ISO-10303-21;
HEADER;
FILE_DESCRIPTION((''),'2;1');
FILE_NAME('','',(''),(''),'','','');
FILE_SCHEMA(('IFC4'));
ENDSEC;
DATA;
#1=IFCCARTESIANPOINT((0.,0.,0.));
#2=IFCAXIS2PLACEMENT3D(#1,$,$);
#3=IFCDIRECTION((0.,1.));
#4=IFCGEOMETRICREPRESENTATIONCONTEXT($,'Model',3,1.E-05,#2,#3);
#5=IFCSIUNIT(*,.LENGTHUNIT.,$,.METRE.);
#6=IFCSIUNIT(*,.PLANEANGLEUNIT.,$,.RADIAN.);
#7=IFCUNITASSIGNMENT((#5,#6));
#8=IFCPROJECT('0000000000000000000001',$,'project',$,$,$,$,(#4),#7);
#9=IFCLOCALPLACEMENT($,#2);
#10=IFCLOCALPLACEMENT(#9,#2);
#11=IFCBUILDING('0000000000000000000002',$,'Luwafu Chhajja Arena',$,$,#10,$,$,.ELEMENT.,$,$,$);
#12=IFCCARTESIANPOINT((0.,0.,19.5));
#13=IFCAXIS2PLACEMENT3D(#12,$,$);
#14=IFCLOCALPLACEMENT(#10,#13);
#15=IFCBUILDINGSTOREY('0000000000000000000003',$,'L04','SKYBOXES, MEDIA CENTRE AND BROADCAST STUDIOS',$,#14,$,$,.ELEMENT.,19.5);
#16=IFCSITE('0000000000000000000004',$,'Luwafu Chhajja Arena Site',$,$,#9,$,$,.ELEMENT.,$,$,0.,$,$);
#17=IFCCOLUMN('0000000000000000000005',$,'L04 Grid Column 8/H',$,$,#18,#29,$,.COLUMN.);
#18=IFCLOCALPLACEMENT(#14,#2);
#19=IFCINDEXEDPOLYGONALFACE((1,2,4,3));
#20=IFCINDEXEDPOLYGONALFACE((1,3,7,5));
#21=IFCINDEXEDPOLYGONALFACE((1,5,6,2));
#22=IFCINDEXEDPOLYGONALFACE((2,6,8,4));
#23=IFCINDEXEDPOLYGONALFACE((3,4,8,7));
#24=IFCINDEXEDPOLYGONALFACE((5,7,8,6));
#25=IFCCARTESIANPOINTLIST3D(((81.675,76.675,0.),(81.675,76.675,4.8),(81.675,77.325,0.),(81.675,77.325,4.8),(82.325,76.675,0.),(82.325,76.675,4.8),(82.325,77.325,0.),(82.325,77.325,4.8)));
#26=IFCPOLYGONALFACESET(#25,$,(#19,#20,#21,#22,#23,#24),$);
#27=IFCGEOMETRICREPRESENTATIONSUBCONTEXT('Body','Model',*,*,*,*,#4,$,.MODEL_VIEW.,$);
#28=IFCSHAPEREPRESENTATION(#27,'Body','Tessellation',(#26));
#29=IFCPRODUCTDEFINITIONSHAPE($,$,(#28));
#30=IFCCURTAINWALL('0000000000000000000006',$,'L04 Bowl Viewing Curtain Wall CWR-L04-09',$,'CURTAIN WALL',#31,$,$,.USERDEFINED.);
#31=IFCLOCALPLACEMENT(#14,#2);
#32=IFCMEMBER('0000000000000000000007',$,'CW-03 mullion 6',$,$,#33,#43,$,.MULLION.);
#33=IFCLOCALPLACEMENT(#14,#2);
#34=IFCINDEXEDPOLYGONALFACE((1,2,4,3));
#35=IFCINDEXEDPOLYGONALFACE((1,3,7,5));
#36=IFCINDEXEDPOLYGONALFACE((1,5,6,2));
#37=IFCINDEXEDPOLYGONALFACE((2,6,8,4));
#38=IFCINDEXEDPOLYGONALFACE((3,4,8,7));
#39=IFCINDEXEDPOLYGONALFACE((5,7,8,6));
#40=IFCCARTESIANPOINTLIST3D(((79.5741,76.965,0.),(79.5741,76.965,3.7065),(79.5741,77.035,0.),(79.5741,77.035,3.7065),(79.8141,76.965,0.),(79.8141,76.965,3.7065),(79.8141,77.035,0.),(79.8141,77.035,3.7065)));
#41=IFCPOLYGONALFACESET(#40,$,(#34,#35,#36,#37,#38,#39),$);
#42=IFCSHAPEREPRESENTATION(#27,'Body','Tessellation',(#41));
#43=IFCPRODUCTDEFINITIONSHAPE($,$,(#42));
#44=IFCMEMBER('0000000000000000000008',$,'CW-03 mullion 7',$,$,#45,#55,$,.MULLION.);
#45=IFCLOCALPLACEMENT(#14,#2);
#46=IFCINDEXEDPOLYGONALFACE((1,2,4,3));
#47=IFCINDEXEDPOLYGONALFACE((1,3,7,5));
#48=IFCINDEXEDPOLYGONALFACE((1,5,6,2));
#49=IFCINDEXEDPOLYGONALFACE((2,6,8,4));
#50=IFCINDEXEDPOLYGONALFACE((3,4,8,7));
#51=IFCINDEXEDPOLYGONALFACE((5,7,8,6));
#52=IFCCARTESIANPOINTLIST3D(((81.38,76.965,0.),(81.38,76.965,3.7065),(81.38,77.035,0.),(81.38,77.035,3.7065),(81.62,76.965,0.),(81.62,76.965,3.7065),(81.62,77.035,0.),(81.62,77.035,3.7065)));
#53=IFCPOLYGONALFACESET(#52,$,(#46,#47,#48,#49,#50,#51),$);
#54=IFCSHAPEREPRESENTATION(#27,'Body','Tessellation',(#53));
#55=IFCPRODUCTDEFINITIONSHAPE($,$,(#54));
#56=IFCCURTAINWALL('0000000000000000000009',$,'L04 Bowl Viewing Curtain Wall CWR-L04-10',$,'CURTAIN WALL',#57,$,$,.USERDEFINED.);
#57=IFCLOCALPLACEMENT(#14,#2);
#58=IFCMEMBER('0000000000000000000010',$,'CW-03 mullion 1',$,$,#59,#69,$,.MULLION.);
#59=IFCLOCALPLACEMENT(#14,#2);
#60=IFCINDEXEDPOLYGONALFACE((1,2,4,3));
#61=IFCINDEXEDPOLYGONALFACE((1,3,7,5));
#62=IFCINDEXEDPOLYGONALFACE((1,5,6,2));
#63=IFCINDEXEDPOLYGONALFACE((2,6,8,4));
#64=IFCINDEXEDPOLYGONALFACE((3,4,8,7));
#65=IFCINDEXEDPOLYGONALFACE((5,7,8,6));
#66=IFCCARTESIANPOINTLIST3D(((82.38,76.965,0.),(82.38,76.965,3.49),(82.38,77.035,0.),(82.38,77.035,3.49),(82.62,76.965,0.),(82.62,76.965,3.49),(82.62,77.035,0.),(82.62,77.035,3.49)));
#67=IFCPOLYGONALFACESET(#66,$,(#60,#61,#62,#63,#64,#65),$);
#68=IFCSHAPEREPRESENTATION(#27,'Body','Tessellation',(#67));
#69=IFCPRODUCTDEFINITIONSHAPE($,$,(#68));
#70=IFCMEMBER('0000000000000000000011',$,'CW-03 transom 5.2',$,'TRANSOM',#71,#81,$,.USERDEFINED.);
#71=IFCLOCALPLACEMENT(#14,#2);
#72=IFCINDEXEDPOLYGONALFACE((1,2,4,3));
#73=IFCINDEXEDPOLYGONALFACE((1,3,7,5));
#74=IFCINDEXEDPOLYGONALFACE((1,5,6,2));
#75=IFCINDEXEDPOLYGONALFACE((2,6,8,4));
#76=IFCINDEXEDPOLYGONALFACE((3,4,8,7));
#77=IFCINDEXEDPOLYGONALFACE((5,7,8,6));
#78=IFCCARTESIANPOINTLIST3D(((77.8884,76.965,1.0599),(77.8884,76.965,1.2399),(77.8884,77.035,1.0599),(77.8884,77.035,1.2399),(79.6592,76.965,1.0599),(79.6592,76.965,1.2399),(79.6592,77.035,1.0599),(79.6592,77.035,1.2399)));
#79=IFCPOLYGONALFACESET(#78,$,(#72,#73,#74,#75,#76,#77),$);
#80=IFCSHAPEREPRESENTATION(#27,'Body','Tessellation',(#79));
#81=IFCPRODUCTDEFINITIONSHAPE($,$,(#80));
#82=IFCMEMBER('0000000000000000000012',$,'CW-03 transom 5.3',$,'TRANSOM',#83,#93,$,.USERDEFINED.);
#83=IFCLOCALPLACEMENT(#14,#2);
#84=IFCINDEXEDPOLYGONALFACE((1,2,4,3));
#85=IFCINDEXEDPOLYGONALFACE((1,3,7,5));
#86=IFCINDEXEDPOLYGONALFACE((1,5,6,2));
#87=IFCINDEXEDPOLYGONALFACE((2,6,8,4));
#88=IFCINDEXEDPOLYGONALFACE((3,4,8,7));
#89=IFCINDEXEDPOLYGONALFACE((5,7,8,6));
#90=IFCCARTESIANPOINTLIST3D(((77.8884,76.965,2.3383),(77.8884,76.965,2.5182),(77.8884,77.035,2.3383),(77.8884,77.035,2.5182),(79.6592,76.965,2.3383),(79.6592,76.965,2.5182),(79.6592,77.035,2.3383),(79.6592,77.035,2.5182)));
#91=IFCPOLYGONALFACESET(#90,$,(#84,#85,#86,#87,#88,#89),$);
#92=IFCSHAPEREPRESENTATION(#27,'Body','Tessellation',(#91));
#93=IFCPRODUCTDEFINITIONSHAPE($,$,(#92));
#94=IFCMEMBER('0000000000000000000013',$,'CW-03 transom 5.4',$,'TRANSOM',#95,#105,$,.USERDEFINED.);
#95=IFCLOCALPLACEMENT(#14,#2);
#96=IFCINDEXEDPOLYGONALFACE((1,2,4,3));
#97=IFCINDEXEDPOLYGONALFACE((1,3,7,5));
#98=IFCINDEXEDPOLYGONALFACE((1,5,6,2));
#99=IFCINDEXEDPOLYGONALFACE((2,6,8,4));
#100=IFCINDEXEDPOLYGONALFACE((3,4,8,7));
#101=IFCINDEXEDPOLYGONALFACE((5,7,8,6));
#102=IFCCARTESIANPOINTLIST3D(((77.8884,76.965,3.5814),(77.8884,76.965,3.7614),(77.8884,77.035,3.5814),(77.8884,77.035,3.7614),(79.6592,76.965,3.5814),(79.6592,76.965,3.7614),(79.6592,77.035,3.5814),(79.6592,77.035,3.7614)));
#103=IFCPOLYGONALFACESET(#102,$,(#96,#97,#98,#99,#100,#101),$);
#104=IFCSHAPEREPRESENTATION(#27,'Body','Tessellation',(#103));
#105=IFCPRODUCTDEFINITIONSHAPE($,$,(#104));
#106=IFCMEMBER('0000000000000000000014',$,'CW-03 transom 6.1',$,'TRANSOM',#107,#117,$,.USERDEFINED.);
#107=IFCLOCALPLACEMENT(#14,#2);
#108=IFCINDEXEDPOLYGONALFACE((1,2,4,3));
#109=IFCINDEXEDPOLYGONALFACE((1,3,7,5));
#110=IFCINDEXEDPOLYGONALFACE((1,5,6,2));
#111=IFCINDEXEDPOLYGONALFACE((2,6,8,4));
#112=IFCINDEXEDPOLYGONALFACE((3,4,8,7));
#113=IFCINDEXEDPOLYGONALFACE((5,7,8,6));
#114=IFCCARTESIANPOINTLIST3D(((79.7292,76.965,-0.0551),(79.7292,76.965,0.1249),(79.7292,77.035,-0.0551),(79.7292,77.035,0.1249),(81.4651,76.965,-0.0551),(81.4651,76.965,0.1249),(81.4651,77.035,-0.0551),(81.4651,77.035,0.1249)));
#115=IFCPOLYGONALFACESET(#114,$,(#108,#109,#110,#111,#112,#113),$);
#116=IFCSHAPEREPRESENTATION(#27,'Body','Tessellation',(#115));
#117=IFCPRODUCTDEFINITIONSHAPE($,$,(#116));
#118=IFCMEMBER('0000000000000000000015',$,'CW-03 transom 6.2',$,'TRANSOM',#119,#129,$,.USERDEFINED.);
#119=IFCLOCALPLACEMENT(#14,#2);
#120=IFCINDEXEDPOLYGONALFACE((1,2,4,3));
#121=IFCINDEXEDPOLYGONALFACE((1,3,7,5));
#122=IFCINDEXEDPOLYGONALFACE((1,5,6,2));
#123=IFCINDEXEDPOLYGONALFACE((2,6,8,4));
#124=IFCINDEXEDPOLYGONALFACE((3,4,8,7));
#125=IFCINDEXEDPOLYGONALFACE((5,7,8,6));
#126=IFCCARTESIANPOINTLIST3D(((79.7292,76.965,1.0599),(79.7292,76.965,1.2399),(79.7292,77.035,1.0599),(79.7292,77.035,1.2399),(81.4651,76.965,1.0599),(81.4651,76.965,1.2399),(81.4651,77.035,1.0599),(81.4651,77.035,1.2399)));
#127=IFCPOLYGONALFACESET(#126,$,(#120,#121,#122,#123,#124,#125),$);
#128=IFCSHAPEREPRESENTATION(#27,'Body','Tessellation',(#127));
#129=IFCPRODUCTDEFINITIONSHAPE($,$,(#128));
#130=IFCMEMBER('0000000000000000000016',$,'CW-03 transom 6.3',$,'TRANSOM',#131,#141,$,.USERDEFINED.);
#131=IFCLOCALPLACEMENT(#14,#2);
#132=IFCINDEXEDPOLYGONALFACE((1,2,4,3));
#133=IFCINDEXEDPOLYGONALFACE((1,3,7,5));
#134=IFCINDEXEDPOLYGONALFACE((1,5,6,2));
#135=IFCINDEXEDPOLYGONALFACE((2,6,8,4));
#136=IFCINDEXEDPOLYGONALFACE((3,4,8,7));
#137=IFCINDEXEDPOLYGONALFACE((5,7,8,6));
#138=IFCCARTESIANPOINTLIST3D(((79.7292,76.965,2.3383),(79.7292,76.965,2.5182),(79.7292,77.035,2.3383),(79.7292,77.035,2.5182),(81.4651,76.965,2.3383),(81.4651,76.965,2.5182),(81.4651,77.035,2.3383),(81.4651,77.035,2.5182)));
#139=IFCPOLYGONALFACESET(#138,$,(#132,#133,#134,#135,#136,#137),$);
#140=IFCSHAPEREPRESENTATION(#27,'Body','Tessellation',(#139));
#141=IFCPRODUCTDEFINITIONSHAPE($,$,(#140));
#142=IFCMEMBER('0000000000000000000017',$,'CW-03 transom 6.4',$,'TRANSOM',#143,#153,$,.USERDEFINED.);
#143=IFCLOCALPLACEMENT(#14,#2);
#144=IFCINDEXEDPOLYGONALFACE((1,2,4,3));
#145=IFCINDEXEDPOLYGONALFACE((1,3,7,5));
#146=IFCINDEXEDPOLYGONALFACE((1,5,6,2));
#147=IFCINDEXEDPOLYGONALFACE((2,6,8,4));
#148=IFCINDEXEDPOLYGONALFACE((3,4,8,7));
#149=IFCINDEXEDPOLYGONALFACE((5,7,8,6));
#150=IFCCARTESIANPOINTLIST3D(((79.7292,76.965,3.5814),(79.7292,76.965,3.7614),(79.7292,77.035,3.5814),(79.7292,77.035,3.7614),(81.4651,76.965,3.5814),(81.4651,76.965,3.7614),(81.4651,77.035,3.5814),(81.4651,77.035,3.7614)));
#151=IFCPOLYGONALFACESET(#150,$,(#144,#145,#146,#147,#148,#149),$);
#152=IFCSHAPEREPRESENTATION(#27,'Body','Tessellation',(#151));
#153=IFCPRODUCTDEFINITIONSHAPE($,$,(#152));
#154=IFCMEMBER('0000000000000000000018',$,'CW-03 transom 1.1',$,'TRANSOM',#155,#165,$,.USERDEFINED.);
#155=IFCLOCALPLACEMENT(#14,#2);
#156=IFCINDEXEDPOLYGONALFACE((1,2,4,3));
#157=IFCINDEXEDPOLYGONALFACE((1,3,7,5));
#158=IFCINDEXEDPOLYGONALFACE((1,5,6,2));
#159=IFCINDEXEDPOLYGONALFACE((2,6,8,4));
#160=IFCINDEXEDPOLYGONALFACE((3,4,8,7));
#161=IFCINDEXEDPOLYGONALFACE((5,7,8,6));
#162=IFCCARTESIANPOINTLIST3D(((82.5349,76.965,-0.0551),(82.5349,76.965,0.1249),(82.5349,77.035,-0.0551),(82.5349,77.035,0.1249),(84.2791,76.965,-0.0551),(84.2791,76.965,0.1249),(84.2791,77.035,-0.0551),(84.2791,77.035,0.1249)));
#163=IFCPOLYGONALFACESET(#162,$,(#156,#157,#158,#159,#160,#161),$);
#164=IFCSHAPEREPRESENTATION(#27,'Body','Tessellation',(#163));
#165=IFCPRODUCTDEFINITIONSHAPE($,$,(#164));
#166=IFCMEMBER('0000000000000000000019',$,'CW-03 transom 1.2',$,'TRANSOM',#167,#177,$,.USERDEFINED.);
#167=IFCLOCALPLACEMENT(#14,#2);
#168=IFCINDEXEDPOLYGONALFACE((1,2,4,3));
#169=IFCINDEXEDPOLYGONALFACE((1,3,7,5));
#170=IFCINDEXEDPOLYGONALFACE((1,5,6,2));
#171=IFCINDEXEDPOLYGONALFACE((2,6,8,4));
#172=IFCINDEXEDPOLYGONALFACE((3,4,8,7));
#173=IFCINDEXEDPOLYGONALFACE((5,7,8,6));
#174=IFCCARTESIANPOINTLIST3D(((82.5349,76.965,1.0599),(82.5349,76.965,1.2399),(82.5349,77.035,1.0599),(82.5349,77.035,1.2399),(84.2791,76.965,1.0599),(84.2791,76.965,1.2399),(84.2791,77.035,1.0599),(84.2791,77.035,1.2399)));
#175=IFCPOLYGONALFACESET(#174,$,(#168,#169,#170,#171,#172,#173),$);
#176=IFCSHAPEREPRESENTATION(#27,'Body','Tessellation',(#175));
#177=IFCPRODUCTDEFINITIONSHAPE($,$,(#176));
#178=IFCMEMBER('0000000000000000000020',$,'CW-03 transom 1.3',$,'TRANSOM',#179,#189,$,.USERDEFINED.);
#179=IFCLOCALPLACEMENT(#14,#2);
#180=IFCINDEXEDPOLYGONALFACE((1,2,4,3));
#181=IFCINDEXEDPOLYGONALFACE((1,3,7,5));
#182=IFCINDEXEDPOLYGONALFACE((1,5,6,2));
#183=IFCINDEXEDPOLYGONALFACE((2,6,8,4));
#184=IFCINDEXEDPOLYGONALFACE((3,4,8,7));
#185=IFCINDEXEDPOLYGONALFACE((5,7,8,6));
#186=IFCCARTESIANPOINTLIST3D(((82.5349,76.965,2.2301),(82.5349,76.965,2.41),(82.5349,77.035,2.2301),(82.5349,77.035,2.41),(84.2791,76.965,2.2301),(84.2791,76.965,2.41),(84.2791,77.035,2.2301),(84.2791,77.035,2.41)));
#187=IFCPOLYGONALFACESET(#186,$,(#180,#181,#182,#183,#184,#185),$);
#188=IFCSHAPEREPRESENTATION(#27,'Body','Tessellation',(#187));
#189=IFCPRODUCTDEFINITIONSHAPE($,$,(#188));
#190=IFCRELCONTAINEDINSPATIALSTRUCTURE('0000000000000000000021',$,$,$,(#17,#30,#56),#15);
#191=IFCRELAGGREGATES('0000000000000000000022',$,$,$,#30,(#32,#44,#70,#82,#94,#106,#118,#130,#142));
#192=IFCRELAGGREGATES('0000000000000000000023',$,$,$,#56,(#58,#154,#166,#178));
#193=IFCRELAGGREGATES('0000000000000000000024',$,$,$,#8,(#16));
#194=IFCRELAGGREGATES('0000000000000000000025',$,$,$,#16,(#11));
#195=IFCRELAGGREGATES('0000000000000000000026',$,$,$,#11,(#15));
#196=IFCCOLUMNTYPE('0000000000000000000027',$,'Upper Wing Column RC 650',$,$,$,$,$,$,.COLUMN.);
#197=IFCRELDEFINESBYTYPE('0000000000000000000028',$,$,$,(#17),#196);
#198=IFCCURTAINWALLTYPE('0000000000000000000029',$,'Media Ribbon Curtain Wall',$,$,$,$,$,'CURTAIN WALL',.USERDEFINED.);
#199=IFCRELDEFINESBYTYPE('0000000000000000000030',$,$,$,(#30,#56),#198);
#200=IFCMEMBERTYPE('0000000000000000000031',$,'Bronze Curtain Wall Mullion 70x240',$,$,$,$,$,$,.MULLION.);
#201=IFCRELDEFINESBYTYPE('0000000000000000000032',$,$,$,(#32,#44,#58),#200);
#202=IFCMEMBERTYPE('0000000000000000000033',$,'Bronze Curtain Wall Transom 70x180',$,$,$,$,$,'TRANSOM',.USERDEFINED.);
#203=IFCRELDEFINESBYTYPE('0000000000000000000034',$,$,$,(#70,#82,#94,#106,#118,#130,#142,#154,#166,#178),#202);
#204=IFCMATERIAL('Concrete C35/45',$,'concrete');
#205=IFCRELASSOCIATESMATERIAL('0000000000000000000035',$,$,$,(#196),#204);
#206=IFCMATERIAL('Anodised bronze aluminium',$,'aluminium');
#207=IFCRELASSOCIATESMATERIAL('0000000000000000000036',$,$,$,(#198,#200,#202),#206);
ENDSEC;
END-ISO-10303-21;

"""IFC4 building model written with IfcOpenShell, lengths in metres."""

from ifc_helpers import new_model, si_unit, direction, frame, origin, origin_2d, place, context, subcontext, project, spatial, rectangle, extrude, material, material_profile, profile_set, type_object, element, aggregate, save


model = new_model("IFC4")

# Units and contexts
model_context = context("Model", 3, precision=1e-05, world=origin(), true_north=direction((0.0, 1.0)))
body_context = subcontext(model_context, "Body", "Model", "MODEL_VIEW")
ifc_project = project(units=[si_unit("LENGTHUNIT", "METRE"), si_unit("PLANEANGLEUNIT", "RADIAN")], contexts=[model_context])

# Site, building, storey
site_placement = place(None, origin())
site = spatial("IfcSite", under=ifc_project, at=site_placement, Name="Luwafu Chhajja Arena Site", CompositionType="ELEMENT", RefElevation=0.0)
building_placement = place(site_placement, origin())
building = spatial("IfcBuilding", under=site, at=building_placement, Name="Luwafu Chhajja Arena", CompositionType="ELEMENT")
storey_placement = place(building_placement, frame((0.0, 0.0, 19.5)))
storey = spatial("IfcBuildingStorey", under=building, at=storey_placement, Name="L04", Description="SKYBOXES, MEDIA CENTRE AND BROADCAST STUDIOS", CompositionType="ELEMENT", Elevation=19.5)

# Column
ifc_material_1 = material(Name="Concrete C35/45", Category="concrete")
ifc_material_profile_1 = material_profile(ifc_material_1, rectangle(XDim=0.6499, YDim=0.6499, at=origin_2d()), Name="RC 650x650")
ifc_profile_set_1 = profile_set([ifc_material_profile_1], Name="Concrete C35/45")
column_type = type_object("IfcColumnType", Name="Upper Wing Column RC 650", PredefinedType="COLUMN", material=ifc_profile_set_1)
column_placement = place(storey_placement, frame((82.0, 77.0, 0.0), z_axis=(0.0, 0.0, 1.0), x_axis=(1.0, 0.0, 0.0)))
element("IfcColumn", 1, at=column_placement, inside=storey, type_object=column_type, Name="L04 Grid Column 8/H", PredefinedType="COLUMN", context=body_context, shape_type="SweptSolid", body=[
    extrude(rectangle(XDim=0.6499, YDim=0.6499, at=origin_2d()), origin(), (0.0, 0.0, 1.0), 4.8),
])

# Curtain wall, members
ifc_material_2 = material(Name="Anodised bronze aluminium", Category="aluminium")
curtain_wall_type = type_object("IfcCurtainWallType", Name="Media Ribbon Curtain Wall", ElementType="CURTAIN WALL", PredefinedType="USERDEFINED", material=ifc_material_2)
curtain_wall_1_placement = place(storey_placement, origin())
curtain_wall_1 = element("IfcCurtainWall", 2, at=curtain_wall_1_placement, inside=storey, type_object=curtain_wall_type, Name="L04 Bowl Viewing Curtain Wall CWR-L04-09", ObjectType="CURTAIN WALL", PredefinedType="USERDEFINED")
ifc_material_profile_2 = material_profile(ifc_material_2, rectangle(XDim=0.0701, YDim=0.24, at=origin_2d()), Name="CWM 70x240")
ifc_profile_set_2 = profile_set([ifc_material_profile_2], Name="Anodised bronze aluminium")
member_type_1 = type_object("IfcMemberType", Name="Bronze Curtain Wall Mullion 70x240", PredefinedType="MULLION", material=ifc_profile_set_2)
member_1_placement = place(storey_placement, frame((79.6941, 77.0, 0.0), z_axis=(0.0, 0.0, 1.0), x_axis=(0.0, 1.0, 0.0)))
member_1 = element("IfcMember", 3, at=member_1_placement, type_object=member_type_1, Name="CW-03 mullion 6", PredefinedType="MULLION", context=body_context, shape_type="SweptSolid", body=[
    extrude(rectangle(XDim=0.0701, YDim=0.24, at=origin_2d()), origin(), (0.0, 0.0, 1.0), 3.7065),
])
member_2_placement = place(storey_placement, frame((81.5, 77.0, 0.0), z_axis=(0.0, 0.0, 1.0), x_axis=(0.0, 1.0, 0.0)))
member_2 = element("IfcMember", 4, at=member_2_placement, type_object=member_type_1, Name="CW-03 mullion 7", PredefinedType="MULLION", context=body_context, shape_type="SweptSolid", body=[
    extrude(rectangle(XDim=0.0701, YDim=0.24, at=origin_2d()), origin(), (0.0, 0.0, 1.0), 3.7065),
])

# Curtain wall, member
curtain_wall_2_placement = place(storey_placement, origin())
curtain_wall_2 = element("IfcCurtainWall", 5, at=curtain_wall_2_placement, inside=storey, type_object=curtain_wall_type, Name="L04 Bowl Viewing Curtain Wall CWR-L04-10", ObjectType="CURTAIN WALL", PredefinedType="USERDEFINED")
member_3_placement = place(storey_placement, frame((82.5, 77.0, 0.0), z_axis=(0.0, 0.0, 1.0), x_axis=(0.0, 1.0, 0.0)))
member_3 = element("IfcMember", 6, at=member_3_placement, type_object=member_type_1, Name="CW-03 mullion 1", PredefinedType="MULLION", context=body_context, shape_type="SweptSolid", body=[
    extrude(rectangle(XDim=0.0701, YDim=0.24, at=origin_2d()), origin(), (0.0, 0.0, 1.0), 3.49),
])

# Members
ifc_material_profile_3 = material_profile(ifc_material_2, rectangle(XDim=0.0701, YDim=0.1799, at=origin_2d()), Name="CWT 70x180")
ifc_profile_set_3 = profile_set([ifc_material_profile_3], Name="Anodised bronze aluminium")
member_type_2 = type_object("IfcMemberType", Name="Bronze Curtain Wall Transom 70x180", ElementType="TRANSOM", PredefinedType="USERDEFINED", material=ifc_profile_set_3)
member_4_placement = place(storey_placement, frame((77.8884, 77.0, 1.1499), z_axis=(1.0, 0.0, 0.0), x_axis=(0.0, 1.0, 0.0)))
member_4 = element("IfcMember", 7, at=member_4_placement, type_object=member_type_2, Name="CW-03 transom 5.2", ObjectType="TRANSOM", PredefinedType="USERDEFINED", context=body_context, shape_type="SweptSolid", body=[
    extrude(rectangle(XDim=0.0701, YDim=0.1799, at=origin_2d()), origin(), (0.0, 0.0, 1.0), 1.7708),
])
member_5_placement = place(storey_placement, frame((77.8884, 77.0, 2.4282), z_axis=(1.0, 0.0, 0.0), x_axis=(0.0, 1.0, 0.0)))
member_5 = element("IfcMember", 8, at=member_5_placement, type_object=member_type_2, Name="CW-03 transom 5.3", ObjectType="TRANSOM", PredefinedType="USERDEFINED", context=body_context, shape_type="SweptSolid", body=[
    extrude(rectangle(XDim=0.0701, YDim=0.1799, at=origin_2d()), origin(), (0.0, 0.0, 1.0), 1.7708),
])
member_6_placement = place(storey_placement, frame((77.8884, 77.0, 3.6714), z_axis=(1.0, 0.0, 0.0), x_axis=(0.0, 1.0, 0.0)))
member_6 = element("IfcMember", 9, at=member_6_placement, type_object=member_type_2, Name="CW-03 transom 5.4", ObjectType="TRANSOM", PredefinedType="USERDEFINED", context=body_context, shape_type="SweptSolid", body=[
    extrude(rectangle(XDim=0.0701, YDim=0.1799, at=origin_2d()), origin(), (0.0, 0.0, 1.0), 1.7708),
])
member_7_placement = place(storey_placement, frame((79.7292, 77.0, 0.0349), z_axis=(1.0, 0.0, 0.0), x_axis=(0.0, 1.0, 0.0)))
member_7 = element("IfcMember", 10, at=member_7_placement, type_object=member_type_2, Name="CW-03 transom 6.1", ObjectType="TRANSOM", PredefinedType="USERDEFINED", context=body_context, shape_type="SweptSolid", body=[
    extrude(rectangle(XDim=0.0701, YDim=0.1799, at=origin_2d()), origin(), (0.0, 0.0, 1.0), 1.7358),
])
member_8_placement = place(storey_placement, frame((79.7292, 77.0, 1.1499), z_axis=(1.0, 0.0, 0.0), x_axis=(0.0, 1.0, 0.0)))
member_8 = element("IfcMember", 11, at=member_8_placement, type_object=member_type_2, Name="CW-03 transom 6.2", ObjectType="TRANSOM", PredefinedType="USERDEFINED", context=body_context, shape_type="SweptSolid", body=[
    extrude(rectangle(XDim=0.0701, YDim=0.1799, at=origin_2d()), origin(), (0.0, 0.0, 1.0), 1.7358),
])
member_9_placement = place(storey_placement, frame((79.7292, 77.0, 2.4282), z_axis=(1.0, 0.0, 0.0), x_axis=(0.0, 1.0, 0.0)))
member_9 = element("IfcMember", 12, at=member_9_placement, type_object=member_type_2, Name="CW-03 transom 6.3", ObjectType="TRANSOM", PredefinedType="USERDEFINED", context=body_context, shape_type="SweptSolid", body=[
    extrude(rectangle(XDim=0.0701, YDim=0.1799, at=origin_2d()), origin(), (0.0, 0.0, 1.0), 1.7358),
])
member_10_placement = place(storey_placement, frame((79.7292, 77.0, 3.6714), z_axis=(1.0, 0.0, 0.0), x_axis=(0.0, 1.0, 0.0)))
member_10 = element("IfcMember", 13, at=member_10_placement, type_object=member_type_2, Name="CW-03 transom 6.4", ObjectType="TRANSOM", PredefinedType="USERDEFINED", context=body_context, shape_type="SweptSolid", body=[
    extrude(rectangle(XDim=0.0701, YDim=0.1799, at=origin_2d()), origin(), (0.0, 0.0, 1.0), 1.7358),
])
member_11_placement = place(storey_placement, frame((82.5349, 77.0, 0.0349), z_axis=(1.0, 0.0, 0.0), x_axis=(0.0, 1.0, 0.0)))
member_11 = element("IfcMember", 14, at=member_11_placement, type_object=member_type_2, Name="CW-03 transom 1.1", ObjectType="TRANSOM", PredefinedType="USERDEFINED", context=body_context, shape_type="SweptSolid", body=[
    extrude(rectangle(XDim=0.0701, YDim=0.1799, at=origin_2d()), origin(), (0.0, 0.0, 1.0), 1.7441),
])
member_12_placement = place(storey_placement, frame((82.5349, 77.0, 1.1499), z_axis=(1.0, 0.0, 0.0), x_axis=(0.0, 1.0, 0.0)))
member_12 = element("IfcMember", 15, at=member_12_placement, type_object=member_type_2, Name="CW-03 transom 1.2", ObjectType="TRANSOM", PredefinedType="USERDEFINED", context=body_context, shape_type="SweptSolid", body=[
    extrude(rectangle(XDim=0.0701, YDim=0.1799, at=origin_2d()), origin(), (0.0, 0.0, 1.0), 1.7441),
])
member_13_placement = place(storey_placement, frame((82.5349, 77.0, 2.3201), z_axis=(1.0, 0.0, 0.0), x_axis=(0.0, 1.0, 0.0)))
member_13 = element("IfcMember", 16, at=member_13_placement, type_object=member_type_2, Name="CW-03 transom 1.3", ObjectType="TRANSOM", PredefinedType="USERDEFINED", context=body_context, shape_type="SweptSolid", body=[
    extrude(rectangle(XDim=0.0701, YDim=0.1799, at=origin_2d()), origin(), (0.0, 0.0, 1.0), 1.7441),
])

aggregate(curtain_wall_1, [member_1, member_2, member_4, member_5, member_6, member_7, member_8, member_9, member_10])
aggregate(curtain_wall_2, [member_3, member_11, member_12, member_13])

save(model, "model.ifc")
